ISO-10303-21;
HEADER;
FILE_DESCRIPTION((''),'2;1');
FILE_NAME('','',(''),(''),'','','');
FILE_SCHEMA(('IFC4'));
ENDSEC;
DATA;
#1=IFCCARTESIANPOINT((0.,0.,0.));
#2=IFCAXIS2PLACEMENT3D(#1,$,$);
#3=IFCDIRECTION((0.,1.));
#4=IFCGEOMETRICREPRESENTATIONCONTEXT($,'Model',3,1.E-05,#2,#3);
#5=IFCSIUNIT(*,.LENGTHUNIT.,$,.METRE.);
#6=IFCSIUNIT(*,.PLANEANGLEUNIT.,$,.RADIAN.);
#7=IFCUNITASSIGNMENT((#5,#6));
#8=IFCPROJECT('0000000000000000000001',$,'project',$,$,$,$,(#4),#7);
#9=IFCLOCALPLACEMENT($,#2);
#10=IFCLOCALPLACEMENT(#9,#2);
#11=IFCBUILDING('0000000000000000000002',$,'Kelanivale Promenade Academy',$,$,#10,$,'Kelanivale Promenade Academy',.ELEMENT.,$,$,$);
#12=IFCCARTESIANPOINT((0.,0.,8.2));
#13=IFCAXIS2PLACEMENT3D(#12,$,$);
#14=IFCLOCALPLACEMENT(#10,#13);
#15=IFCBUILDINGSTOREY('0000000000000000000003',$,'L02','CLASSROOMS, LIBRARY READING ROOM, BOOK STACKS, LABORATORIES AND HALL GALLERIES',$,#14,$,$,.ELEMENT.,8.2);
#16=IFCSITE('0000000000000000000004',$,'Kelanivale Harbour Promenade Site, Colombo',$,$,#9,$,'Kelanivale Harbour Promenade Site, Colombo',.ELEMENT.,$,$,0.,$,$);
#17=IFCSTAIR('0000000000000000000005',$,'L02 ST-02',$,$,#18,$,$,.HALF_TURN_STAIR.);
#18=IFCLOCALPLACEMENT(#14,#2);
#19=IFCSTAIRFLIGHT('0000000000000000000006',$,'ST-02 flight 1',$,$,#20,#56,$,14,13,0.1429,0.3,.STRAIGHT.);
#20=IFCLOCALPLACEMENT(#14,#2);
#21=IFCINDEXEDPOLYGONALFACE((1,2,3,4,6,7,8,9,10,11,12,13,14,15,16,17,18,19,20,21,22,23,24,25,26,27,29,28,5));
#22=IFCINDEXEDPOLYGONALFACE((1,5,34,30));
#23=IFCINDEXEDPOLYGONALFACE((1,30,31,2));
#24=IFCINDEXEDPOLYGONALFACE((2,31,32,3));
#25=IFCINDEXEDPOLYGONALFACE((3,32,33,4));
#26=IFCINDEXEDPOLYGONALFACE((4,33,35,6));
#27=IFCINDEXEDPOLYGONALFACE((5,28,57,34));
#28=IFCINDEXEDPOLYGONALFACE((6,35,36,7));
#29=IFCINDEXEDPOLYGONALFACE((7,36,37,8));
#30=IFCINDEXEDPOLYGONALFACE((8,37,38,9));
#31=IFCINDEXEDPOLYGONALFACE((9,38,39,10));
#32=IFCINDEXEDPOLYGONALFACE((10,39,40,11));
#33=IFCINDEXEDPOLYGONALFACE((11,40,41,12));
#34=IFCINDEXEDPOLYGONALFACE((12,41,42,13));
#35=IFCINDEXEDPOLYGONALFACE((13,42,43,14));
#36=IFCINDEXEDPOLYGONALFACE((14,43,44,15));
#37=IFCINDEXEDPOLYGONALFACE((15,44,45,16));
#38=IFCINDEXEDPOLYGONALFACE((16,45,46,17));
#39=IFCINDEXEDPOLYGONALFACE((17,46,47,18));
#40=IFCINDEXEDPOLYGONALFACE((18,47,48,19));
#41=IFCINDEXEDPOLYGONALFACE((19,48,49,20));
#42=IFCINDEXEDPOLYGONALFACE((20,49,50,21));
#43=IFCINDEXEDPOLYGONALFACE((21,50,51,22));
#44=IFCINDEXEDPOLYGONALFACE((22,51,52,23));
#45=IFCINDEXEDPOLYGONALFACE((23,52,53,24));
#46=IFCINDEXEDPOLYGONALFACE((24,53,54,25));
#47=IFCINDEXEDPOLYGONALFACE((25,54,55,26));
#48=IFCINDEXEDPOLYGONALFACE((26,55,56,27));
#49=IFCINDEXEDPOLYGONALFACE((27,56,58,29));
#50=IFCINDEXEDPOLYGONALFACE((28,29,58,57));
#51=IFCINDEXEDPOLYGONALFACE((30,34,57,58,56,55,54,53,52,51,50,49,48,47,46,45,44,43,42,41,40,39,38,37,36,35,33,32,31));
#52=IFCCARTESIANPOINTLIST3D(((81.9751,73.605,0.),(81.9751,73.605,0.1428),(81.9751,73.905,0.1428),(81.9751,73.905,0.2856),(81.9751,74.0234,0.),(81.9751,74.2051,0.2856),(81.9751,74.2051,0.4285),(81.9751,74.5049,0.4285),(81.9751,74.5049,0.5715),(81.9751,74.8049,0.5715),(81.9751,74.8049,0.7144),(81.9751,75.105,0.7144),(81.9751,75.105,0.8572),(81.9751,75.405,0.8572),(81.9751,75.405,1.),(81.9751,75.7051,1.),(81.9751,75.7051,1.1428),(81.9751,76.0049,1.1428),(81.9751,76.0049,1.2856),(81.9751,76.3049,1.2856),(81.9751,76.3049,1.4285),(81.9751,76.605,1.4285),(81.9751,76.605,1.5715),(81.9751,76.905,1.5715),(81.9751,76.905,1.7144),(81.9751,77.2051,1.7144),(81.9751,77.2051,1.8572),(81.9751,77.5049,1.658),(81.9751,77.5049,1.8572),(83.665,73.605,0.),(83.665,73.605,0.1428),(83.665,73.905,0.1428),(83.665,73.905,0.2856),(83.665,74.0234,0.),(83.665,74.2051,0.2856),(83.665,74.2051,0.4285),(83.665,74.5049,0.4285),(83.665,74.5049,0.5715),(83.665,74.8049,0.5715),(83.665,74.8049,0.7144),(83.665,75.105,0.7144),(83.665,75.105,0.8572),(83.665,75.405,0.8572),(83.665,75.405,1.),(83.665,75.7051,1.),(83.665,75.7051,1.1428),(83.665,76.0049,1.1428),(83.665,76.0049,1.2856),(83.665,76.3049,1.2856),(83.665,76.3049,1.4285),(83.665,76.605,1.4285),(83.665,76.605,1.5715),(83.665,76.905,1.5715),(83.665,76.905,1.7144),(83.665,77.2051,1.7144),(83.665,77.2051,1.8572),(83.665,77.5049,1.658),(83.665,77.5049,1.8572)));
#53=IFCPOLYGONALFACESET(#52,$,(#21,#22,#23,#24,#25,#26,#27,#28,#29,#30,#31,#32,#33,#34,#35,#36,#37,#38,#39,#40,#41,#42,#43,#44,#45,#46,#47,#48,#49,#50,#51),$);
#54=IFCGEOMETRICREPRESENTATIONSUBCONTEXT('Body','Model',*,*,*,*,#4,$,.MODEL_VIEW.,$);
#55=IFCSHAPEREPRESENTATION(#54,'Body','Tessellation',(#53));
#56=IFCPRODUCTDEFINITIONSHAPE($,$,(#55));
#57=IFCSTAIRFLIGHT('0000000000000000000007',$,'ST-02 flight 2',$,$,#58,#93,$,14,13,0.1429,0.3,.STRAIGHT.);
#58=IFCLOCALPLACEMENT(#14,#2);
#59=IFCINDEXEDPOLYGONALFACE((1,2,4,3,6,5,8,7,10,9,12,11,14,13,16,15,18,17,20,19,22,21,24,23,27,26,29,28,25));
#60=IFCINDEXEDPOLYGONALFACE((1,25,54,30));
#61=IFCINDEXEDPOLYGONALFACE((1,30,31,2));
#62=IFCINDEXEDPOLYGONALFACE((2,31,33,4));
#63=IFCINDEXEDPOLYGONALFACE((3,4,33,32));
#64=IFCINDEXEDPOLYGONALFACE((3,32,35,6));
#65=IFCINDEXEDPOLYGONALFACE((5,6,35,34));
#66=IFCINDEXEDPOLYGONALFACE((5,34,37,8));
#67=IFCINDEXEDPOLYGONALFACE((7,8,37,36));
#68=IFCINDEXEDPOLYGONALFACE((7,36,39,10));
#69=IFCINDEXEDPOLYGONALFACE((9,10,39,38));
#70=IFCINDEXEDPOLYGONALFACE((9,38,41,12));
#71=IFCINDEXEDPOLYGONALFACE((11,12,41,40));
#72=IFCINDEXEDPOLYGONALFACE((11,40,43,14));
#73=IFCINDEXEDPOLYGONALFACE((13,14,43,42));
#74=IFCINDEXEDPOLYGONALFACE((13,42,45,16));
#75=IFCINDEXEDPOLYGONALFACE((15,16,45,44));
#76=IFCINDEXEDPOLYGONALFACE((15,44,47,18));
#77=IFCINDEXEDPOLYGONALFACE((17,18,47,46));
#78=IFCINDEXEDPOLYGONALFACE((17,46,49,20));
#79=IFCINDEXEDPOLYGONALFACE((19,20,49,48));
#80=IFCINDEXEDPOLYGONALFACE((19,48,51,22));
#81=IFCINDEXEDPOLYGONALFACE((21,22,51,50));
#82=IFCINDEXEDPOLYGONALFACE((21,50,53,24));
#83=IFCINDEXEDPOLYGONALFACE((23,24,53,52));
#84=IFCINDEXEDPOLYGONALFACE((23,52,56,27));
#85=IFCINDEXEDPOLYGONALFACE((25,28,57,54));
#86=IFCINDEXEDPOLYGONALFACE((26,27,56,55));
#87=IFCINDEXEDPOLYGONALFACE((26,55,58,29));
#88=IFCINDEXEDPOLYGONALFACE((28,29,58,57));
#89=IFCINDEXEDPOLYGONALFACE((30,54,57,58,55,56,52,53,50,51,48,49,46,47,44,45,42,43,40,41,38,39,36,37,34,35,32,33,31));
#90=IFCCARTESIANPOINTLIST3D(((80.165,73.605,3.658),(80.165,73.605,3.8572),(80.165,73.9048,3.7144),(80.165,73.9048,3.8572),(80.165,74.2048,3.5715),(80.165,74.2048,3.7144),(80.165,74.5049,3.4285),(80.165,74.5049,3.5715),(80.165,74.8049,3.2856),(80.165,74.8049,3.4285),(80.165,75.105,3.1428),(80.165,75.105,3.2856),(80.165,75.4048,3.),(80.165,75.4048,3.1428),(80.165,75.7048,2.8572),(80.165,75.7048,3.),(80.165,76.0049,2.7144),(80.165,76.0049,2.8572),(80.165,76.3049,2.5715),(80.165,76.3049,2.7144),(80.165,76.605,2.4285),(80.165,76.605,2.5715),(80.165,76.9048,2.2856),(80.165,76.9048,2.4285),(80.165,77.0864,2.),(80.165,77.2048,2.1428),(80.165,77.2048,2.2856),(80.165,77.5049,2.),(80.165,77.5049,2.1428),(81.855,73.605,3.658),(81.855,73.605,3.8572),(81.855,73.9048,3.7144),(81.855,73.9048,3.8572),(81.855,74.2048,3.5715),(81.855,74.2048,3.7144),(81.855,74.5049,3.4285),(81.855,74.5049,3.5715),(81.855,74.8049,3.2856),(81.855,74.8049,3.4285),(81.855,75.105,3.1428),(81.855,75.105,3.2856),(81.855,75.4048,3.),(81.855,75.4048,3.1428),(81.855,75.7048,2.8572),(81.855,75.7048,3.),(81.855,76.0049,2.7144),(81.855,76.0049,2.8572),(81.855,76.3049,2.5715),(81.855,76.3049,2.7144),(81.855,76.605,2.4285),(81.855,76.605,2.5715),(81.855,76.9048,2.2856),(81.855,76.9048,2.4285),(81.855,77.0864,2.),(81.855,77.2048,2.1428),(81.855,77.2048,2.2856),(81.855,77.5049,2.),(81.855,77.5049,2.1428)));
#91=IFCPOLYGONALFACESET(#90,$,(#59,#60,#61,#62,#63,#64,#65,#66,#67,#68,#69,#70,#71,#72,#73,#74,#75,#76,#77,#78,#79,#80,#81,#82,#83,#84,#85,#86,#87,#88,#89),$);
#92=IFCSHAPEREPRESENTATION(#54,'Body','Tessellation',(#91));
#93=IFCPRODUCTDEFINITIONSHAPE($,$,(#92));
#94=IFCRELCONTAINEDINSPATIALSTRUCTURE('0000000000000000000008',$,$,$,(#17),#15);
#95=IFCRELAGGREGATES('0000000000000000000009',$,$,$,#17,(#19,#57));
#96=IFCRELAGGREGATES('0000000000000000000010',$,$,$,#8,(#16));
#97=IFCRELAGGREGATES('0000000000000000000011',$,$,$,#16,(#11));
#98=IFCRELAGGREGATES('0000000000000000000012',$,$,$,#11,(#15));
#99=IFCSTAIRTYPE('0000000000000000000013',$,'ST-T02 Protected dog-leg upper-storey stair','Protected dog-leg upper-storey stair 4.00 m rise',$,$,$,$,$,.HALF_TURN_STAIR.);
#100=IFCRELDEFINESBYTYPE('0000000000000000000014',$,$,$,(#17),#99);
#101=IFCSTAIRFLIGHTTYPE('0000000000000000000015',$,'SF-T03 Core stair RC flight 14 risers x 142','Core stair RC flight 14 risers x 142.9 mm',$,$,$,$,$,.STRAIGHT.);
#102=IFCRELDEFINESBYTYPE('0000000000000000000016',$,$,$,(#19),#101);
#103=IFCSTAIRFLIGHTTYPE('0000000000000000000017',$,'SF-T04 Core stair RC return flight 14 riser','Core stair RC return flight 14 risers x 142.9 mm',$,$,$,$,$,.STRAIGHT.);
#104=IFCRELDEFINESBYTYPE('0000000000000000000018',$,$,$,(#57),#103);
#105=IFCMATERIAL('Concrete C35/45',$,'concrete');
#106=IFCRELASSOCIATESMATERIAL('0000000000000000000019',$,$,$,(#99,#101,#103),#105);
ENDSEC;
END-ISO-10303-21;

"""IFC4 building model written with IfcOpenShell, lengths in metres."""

from ifc_helpers import new_model, si_unit, direction, frame, origin, place, context, subcontext, project, spatial, polyline, outline, extrude, material, type_object, element, aggregate, save


model = new_model("IFC4")

# Units and contexts
model_context = context("Model", 3, precision=1e-05, world=origin(), true_north=direction((0.0, 1.0)))
body_context = subcontext(model_context, "Body", "Model", "MODEL_VIEW")
ifc_project = project(units=[si_unit("LENGTHUNIT", "METRE"), si_unit("PLANEANGLEUNIT", "RADIAN")], contexts=[model_context])

# Site, building, storey
site_placement = place(None, origin())
site = spatial("IfcSite", under=ifc_project, at=site_placement, Name="Kelanivale Harbour Promenade Site, Colombo", LongName="Kelanivale Harbour Promenade Site, Colombo", CompositionType="ELEMENT", RefElevation=0.0)
building_placement = place(site_placement, origin())
building = spatial("IfcBuilding", under=site, at=building_placement, Name="Kelanivale Promenade Academy", LongName="Kelanivale Promenade Academy", CompositionType="ELEMENT")
storey_placement = place(building_placement, frame((0.0, 0.0, 8.2)))
storey = spatial("IfcBuildingStorey", under=building, at=storey_placement, Name="L02", Description="CLASSROOMS, LIBRARY READING ROOM, BOOK STACKS, LABORATORIES AND HALL GALLERIES", CompositionType="ELEMENT", Elevation=8.2)

# Shared definitions
ifc_material_1 = material(Name="Concrete C35/45", Category="concrete")

# Stair, stair flights
stair_type = type_object("IfcStairType", Name="ST-T02 Protected dog-leg upper-storey stair", Description="Protected dog-leg upper-storey stair 4.00 m rise", PredefinedType="HALF_TURN_STAIR", material=ifc_material_1)
stair_placement = place(storey_placement, origin())
stair = element("IfcStair", 1, at=stair_placement, inside=storey, type_object=stair_type, Name="L02 ST-02", PredefinedType="HALF_TURN_STAIR")
stair_flight_type_1 = type_object("IfcStairFlightType", Name="SF-T03 Core stair RC flight 14 risers x 142", Description="Core stair RC flight 14 risers x 142.9 mm", PredefinedType="STRAIGHT", material=ifc_material_1)
stair_flight_1_placement = place(storey_placement, frame((82.8201, 73.605, 0.0), z_axis=(0.0, 0.0, 1.0), x_axis=(0.0, 1.0, 0.0)))
stair_flight_1 = element("IfcStairFlight", 2, at=stair_flight_1_placement, type_object=stair_flight_type_1, Name="ST-02 flight 1", NumberOfRisers=14, NumberOfTreads=13, PredefinedType="STRAIGHT", RiserHeight=0.1429, TreadLength=0.3, context=body_context, shape_type="SweptSolid", body=[
    extrude(outline(polyline([(0.0, 0.0), (0.0, 0.1428), (0.3, 0.1428), (0.3, 0.2856), (0.6001, 0.2856), (0.6001, 0.4285), (0.8999, 0.4285), (0.8999, 0.5715), (1.2, 0.5715), (1.2, 0.7144), (1.5, 0.7144), (1.5, 0.8572), (1.8, 0.8572), (1.8, 1.0), (2.1001, 1.0), (2.1001, 1.1428), (2.3999, 1.1428), (2.3999, 1.2856), (2.7, 1.2856), (2.7, 1.4285), (3.0, 1.4285), (3.0, 1.5715), (3.3, 1.5715), (3.3, 1.7144), (3.6001, 1.7144), (3.6001, 1.8572), (3.8999, 1.8572), (3.8999, 2.0), (3.8999, 1.658), (0.4185, 0.0), (0.0, 0.0)])), frame((0.0, 0.845, 0.0), z_axis=(0.0, -1.0, 0.0), x_axis=(1.0, 0.0, 0.0)), (0.0, 0.0, 1.0), 1.6899),
])
stair_flight_type_2 = type_object("IfcStairFlightType", Name="SF-T04 Core stair RC return flight 14 riser", Description="Core stair RC return flight 14 risers x 142.9 mm", PredefinedType="STRAIGHT", material=ifc_material_1)
stair_flight_2_placement = place(storey_placement, frame((81.01, 77.5049, 2.0), z_axis=(0.0, 0.0, 1.0), x_axis=(0.0, -1.0, 0.0)))
stair_flight_2 = element("IfcStairFlight", 3, at=stair_flight_2_placement, type_object=stair_flight_type_2, Name="ST-02 flight 2", NumberOfRisers=14, NumberOfTreads=13, PredefinedType="STRAIGHT", RiserHeight=0.1429, TreadLength=0.3, context=body_context, shape_type="SweptSolid", body=[
    extrude(outline(polyline([(0.0, 0.0), (0.0, 0.1428), (0.3, 0.1428), (0.3, 0.2856), (0.6001, 0.2856), (0.6001, 0.4285), (0.8999, 0.4285), (0.8999, 0.5715), (1.2, 0.5715), (1.2, 0.7144), (1.5, 0.7144), (1.5, 0.8572), (1.8, 0.8572), (1.8, 1.0), (2.1001, 1.0), (2.1001, 1.1428), (2.3999, 1.1428), (2.3999, 1.2856), (2.7, 1.2856), (2.7, 1.4285), (3.0, 1.4285), (3.0, 1.5715), (3.3, 1.5715), (3.3, 1.7144), (3.6001, 1.7144), (3.6001, 1.8572), (3.8999, 1.8572), (3.8999, 2.0), (3.8999, 1.658), (0.4185, 0.0), (0.0, 0.0)])), frame((0.0, 0.845, 0.0), z_axis=(0.0, -1.0, 0.0), x_axis=(1.0, 0.0, 0.0)), (0.0, 0.0, 1.0), 1.6899),
])
aggregate(stair, [stair_flight_1, stair_flight_2])

save(model, "model.ifc")
